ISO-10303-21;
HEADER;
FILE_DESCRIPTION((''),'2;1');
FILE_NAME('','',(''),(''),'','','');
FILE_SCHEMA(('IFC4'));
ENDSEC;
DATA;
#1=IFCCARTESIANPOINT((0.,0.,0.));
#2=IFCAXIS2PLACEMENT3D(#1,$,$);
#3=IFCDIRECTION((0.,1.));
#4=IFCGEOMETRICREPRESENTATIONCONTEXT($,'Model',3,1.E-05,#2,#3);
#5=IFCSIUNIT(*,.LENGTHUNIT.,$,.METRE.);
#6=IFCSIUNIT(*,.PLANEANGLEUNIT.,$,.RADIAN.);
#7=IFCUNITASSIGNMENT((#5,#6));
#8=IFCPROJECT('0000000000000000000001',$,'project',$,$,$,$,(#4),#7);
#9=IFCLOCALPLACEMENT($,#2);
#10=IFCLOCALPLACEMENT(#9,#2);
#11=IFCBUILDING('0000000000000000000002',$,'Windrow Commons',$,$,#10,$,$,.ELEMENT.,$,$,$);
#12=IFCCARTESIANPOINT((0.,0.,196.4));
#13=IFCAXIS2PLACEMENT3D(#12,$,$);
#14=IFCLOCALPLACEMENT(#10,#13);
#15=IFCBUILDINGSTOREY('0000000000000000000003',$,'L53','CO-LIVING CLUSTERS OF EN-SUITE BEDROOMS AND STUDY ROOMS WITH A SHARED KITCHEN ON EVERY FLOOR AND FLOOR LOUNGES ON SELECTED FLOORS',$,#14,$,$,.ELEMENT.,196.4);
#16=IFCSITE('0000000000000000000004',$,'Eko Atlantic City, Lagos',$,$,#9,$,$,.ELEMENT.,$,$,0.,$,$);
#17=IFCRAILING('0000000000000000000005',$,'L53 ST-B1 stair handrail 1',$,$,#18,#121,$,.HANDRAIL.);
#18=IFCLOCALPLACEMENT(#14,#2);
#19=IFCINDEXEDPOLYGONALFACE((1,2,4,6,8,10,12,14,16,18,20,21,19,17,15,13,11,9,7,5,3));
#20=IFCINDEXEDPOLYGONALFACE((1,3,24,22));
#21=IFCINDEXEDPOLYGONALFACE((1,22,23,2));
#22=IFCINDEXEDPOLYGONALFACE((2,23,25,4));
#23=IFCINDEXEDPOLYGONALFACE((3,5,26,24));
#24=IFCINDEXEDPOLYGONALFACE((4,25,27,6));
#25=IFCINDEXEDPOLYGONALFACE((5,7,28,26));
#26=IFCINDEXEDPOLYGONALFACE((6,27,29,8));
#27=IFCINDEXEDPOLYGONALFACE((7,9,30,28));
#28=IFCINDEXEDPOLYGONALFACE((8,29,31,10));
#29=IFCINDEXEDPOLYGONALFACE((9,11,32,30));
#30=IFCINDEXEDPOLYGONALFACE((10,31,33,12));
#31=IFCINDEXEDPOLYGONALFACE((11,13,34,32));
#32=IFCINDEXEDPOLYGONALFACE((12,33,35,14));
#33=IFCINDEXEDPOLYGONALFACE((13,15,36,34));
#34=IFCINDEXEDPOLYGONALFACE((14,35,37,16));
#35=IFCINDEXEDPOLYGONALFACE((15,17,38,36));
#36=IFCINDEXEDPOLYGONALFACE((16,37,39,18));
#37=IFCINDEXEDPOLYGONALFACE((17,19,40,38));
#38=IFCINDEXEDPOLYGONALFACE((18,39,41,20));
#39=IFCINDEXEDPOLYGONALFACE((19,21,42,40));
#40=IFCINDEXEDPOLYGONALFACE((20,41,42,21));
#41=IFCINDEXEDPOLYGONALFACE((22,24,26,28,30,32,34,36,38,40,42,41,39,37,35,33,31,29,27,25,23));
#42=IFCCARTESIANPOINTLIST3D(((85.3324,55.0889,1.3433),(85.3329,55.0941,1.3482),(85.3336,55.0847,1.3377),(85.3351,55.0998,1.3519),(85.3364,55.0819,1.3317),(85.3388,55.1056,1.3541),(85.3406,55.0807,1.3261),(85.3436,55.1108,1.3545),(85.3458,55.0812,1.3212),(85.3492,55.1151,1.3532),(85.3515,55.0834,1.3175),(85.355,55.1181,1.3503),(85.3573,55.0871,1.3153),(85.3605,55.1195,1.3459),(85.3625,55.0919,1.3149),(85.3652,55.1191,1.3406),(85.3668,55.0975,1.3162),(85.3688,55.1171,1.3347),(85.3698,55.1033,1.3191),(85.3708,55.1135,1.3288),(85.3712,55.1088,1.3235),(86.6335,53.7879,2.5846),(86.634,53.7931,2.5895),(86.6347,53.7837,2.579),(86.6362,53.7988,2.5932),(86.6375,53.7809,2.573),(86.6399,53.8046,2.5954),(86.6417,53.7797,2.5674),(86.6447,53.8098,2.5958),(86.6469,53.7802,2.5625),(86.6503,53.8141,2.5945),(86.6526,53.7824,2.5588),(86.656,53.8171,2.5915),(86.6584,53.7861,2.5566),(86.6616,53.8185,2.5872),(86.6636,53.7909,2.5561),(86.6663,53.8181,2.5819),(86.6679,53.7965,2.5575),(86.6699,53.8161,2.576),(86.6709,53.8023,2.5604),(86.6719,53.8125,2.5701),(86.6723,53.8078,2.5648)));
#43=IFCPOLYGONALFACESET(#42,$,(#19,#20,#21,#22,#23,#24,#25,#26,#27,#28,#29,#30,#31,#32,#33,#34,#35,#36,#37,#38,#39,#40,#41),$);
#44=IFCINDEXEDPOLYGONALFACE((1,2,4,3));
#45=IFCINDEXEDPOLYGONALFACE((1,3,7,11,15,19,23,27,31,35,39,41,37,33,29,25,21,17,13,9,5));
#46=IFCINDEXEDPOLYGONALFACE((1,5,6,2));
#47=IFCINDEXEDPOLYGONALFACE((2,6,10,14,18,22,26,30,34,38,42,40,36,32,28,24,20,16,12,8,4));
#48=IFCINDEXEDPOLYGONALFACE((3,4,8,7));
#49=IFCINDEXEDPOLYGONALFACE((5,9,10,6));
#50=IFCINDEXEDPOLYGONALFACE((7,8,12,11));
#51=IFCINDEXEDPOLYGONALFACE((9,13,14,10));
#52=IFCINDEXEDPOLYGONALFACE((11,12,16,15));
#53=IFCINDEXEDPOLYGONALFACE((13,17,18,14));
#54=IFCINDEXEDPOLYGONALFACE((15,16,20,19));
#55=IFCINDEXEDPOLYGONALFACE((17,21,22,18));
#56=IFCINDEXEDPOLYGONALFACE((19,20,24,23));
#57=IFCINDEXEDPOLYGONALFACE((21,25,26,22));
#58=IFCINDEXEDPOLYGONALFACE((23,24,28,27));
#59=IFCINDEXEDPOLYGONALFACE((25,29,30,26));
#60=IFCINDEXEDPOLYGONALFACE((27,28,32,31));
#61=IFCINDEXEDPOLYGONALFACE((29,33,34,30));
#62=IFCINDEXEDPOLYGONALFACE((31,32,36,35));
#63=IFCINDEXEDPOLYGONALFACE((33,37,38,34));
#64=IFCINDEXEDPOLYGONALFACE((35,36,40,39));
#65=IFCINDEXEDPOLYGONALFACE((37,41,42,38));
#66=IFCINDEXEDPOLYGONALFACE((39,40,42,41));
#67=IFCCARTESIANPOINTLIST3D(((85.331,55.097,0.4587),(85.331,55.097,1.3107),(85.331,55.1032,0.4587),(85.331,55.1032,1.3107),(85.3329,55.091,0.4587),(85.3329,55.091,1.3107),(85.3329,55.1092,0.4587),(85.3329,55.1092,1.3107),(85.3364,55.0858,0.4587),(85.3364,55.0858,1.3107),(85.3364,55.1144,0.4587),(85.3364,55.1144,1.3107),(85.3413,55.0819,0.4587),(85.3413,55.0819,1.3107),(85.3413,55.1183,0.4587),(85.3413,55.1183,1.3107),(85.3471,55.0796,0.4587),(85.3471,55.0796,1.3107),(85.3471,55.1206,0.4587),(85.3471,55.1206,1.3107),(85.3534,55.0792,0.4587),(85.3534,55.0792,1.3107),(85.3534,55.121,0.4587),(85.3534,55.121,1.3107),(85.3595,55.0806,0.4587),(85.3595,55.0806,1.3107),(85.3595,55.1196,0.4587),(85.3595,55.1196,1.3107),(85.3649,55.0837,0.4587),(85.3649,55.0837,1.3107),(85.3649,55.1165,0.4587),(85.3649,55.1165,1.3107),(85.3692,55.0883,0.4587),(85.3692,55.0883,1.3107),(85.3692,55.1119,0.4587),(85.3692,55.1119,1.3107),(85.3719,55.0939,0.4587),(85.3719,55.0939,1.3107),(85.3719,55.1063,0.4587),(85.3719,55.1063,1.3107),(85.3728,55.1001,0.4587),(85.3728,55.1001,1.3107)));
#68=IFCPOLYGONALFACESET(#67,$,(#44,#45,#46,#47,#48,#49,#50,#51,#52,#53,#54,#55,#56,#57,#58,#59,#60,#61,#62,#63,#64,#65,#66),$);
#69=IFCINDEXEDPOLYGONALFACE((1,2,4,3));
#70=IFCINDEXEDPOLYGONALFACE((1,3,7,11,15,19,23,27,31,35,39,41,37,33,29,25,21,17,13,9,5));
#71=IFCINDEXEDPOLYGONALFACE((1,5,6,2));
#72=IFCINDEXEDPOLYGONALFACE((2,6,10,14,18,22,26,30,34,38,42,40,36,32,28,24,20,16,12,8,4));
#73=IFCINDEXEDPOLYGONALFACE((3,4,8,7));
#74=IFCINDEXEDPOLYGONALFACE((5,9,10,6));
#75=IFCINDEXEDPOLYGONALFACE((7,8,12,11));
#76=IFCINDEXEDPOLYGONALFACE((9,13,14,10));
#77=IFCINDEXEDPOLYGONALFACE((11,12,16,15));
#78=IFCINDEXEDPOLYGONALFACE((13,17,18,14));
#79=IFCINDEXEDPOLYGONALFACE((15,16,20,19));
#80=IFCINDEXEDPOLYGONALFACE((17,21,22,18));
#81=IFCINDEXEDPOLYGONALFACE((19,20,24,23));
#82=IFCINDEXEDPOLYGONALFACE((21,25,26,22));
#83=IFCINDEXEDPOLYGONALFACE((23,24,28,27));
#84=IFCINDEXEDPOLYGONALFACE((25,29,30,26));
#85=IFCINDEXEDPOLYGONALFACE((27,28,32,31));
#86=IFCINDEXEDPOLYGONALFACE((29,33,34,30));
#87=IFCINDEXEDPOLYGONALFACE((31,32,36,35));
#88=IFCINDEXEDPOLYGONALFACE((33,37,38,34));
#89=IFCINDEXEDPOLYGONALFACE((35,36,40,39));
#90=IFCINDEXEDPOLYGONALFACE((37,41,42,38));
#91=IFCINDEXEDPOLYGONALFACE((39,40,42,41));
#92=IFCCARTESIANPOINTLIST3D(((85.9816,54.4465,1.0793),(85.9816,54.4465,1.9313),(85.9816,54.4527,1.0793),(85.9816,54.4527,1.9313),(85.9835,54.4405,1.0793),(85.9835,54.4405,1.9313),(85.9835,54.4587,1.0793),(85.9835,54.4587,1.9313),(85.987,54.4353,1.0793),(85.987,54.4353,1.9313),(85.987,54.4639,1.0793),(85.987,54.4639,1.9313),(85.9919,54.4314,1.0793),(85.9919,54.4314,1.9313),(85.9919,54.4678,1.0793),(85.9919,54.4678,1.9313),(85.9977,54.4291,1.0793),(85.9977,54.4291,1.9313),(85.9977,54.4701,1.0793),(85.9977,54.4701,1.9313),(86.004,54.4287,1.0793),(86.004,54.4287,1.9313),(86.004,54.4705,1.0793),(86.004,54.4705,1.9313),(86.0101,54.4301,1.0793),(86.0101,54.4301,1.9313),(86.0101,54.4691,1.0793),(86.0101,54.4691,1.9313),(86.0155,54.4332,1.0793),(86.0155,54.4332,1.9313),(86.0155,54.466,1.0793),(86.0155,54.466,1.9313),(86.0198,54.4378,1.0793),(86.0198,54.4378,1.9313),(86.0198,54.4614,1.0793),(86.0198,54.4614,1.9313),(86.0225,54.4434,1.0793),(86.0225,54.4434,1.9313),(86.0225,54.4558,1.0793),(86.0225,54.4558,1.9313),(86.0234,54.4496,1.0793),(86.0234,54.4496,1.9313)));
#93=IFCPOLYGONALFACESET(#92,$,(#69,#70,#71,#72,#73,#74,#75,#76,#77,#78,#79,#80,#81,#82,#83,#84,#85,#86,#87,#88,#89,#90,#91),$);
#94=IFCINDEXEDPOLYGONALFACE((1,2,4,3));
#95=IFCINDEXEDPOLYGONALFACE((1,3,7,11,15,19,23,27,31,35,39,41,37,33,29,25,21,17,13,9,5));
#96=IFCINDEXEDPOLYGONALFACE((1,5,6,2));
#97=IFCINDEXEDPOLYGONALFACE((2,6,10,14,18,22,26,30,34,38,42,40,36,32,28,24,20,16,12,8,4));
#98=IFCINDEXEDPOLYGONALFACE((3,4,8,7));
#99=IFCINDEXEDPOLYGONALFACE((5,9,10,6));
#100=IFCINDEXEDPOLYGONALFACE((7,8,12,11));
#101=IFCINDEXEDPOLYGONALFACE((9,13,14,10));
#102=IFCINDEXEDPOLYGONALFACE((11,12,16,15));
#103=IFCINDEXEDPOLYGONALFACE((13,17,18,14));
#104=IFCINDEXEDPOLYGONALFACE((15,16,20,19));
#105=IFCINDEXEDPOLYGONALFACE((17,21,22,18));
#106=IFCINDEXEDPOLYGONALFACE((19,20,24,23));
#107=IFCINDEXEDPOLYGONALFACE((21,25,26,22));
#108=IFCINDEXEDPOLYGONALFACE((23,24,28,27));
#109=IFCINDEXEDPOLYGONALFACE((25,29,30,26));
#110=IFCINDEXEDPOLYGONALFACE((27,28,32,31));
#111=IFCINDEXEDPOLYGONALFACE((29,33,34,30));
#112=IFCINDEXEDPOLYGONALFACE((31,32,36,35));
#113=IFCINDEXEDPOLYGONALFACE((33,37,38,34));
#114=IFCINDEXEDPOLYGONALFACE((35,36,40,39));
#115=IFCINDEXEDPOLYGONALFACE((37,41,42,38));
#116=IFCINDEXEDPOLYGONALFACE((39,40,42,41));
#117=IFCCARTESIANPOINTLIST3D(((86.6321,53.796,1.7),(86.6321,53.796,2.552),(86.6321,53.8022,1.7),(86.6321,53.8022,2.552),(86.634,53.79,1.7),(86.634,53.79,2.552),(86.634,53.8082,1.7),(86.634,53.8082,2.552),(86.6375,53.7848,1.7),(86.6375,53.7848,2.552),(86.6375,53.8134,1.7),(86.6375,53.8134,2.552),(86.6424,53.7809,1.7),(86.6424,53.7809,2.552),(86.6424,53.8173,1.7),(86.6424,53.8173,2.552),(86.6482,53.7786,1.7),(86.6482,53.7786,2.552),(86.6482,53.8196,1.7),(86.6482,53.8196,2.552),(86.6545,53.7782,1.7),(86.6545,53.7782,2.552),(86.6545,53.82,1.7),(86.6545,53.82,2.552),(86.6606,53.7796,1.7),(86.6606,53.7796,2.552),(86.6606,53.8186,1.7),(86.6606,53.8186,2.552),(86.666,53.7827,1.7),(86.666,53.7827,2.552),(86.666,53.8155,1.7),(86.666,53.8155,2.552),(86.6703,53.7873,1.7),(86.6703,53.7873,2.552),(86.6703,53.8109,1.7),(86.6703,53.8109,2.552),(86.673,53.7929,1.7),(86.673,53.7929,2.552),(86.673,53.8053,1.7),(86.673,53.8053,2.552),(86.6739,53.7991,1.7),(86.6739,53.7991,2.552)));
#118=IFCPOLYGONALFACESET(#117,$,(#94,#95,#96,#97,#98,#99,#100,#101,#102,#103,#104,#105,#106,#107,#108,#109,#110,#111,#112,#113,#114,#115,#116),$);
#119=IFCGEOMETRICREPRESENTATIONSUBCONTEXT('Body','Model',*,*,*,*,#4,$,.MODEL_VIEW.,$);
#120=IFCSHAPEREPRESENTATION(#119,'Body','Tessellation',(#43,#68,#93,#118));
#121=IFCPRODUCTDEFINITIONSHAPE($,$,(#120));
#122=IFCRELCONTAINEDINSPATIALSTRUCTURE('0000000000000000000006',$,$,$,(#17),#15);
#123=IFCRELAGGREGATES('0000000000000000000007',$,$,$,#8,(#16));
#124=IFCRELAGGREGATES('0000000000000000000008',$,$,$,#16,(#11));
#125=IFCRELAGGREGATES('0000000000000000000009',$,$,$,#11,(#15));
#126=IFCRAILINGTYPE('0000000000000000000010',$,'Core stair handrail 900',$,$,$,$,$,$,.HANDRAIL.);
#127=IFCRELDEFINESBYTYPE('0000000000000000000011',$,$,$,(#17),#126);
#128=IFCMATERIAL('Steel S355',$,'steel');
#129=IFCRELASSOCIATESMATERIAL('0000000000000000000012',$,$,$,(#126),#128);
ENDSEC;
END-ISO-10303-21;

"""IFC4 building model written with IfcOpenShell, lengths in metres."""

from ifc_helpers import new_model, si_unit, direction, frame, origin, origin_2d, place, context, subcontext, project, spatial, circle, extrude, material, type_object, element, save


model = new_model("IFC4")

# Units and contexts
model_context = context("Model", 3, precision=1e-05, world=origin(), true_north=direction((0.0, 1.0)))
body_context = subcontext(model_context, "Body", "Model", "MODEL_VIEW")
ifc_project = project(units=[si_unit("LENGTHUNIT", "METRE"), si_unit("PLANEANGLEUNIT", "RADIAN")], contexts=[model_context])

# Site, building, storey
site_placement = place(None, origin())
site = spatial("IfcSite", under=ifc_project, at=site_placement, Name="Eko Atlantic City, Lagos", CompositionType="ELEMENT", RefElevation=0.0)
building_placement = place(site_placement, origin())
building = spatial("IfcBuilding", under=site, at=building_placement, Name="Windrow Commons", CompositionType="ELEMENT")
storey_placement = place(building_placement, frame((0.0, 0.0, 196.4)))
storey = spatial("IfcBuildingStorey", under=building, at=storey_placement, Name="L53", Description="CO-LIVING CLUSTERS OF EN-SUITE BEDROOMS AND STUDY ROOMS WITH A SHARED KITCHEN ON EVERY FLOOR AND FLOOR LOUNGES ON SELECTED FLOORS", CompositionType="ELEMENT", Elevation=196.4)

# Railing
ifc_material_1 = material(Name="Steel S355", Category="steel")
railing_type_1 = type_object("IfcRailingType", Name="Core stair handrail 900", PredefinedType="HANDRAIL", material=ifc_material_1)
railing_1_placement = place(storey_placement, frame((85.3518, 55.1001, 0.4587)))
element("IfcRailing", 1, at=railing_1_placement, inside=storey, type_object=railing_type_1, Name="L53 ST-B1 stair handrail 1", PredefinedType="HANDRAIL", context=body_context, shape_type="SweptSolid", body=[
    extrude(circle(Radius=0.024, at=origin_2d()), frame((0.0, 0.0, 0.876), z_axis=(0.586207, -0.586162, 0.559264), x_axis=(0.70708, 0.707134, 0.0)), (0.0, 0.0, 1.0), 2.2195),
    extrude(circle(Radius=0.021, at=origin_2d()), origin(), (0.0, 0.0, 1.0), 0.852),
    extrude(circle(Radius=0.021, at=origin_2d()), frame((0.6506, -0.6505, 0.6206)), (0.0, 0.0, 1.0), 0.852),
    extrude(circle(Radius=0.021, at=origin_2d()), frame((1.3011, -1.301, 1.2413)), (0.0, 0.0, 1.0), 0.852),
])

save(model, "model.ifc")
